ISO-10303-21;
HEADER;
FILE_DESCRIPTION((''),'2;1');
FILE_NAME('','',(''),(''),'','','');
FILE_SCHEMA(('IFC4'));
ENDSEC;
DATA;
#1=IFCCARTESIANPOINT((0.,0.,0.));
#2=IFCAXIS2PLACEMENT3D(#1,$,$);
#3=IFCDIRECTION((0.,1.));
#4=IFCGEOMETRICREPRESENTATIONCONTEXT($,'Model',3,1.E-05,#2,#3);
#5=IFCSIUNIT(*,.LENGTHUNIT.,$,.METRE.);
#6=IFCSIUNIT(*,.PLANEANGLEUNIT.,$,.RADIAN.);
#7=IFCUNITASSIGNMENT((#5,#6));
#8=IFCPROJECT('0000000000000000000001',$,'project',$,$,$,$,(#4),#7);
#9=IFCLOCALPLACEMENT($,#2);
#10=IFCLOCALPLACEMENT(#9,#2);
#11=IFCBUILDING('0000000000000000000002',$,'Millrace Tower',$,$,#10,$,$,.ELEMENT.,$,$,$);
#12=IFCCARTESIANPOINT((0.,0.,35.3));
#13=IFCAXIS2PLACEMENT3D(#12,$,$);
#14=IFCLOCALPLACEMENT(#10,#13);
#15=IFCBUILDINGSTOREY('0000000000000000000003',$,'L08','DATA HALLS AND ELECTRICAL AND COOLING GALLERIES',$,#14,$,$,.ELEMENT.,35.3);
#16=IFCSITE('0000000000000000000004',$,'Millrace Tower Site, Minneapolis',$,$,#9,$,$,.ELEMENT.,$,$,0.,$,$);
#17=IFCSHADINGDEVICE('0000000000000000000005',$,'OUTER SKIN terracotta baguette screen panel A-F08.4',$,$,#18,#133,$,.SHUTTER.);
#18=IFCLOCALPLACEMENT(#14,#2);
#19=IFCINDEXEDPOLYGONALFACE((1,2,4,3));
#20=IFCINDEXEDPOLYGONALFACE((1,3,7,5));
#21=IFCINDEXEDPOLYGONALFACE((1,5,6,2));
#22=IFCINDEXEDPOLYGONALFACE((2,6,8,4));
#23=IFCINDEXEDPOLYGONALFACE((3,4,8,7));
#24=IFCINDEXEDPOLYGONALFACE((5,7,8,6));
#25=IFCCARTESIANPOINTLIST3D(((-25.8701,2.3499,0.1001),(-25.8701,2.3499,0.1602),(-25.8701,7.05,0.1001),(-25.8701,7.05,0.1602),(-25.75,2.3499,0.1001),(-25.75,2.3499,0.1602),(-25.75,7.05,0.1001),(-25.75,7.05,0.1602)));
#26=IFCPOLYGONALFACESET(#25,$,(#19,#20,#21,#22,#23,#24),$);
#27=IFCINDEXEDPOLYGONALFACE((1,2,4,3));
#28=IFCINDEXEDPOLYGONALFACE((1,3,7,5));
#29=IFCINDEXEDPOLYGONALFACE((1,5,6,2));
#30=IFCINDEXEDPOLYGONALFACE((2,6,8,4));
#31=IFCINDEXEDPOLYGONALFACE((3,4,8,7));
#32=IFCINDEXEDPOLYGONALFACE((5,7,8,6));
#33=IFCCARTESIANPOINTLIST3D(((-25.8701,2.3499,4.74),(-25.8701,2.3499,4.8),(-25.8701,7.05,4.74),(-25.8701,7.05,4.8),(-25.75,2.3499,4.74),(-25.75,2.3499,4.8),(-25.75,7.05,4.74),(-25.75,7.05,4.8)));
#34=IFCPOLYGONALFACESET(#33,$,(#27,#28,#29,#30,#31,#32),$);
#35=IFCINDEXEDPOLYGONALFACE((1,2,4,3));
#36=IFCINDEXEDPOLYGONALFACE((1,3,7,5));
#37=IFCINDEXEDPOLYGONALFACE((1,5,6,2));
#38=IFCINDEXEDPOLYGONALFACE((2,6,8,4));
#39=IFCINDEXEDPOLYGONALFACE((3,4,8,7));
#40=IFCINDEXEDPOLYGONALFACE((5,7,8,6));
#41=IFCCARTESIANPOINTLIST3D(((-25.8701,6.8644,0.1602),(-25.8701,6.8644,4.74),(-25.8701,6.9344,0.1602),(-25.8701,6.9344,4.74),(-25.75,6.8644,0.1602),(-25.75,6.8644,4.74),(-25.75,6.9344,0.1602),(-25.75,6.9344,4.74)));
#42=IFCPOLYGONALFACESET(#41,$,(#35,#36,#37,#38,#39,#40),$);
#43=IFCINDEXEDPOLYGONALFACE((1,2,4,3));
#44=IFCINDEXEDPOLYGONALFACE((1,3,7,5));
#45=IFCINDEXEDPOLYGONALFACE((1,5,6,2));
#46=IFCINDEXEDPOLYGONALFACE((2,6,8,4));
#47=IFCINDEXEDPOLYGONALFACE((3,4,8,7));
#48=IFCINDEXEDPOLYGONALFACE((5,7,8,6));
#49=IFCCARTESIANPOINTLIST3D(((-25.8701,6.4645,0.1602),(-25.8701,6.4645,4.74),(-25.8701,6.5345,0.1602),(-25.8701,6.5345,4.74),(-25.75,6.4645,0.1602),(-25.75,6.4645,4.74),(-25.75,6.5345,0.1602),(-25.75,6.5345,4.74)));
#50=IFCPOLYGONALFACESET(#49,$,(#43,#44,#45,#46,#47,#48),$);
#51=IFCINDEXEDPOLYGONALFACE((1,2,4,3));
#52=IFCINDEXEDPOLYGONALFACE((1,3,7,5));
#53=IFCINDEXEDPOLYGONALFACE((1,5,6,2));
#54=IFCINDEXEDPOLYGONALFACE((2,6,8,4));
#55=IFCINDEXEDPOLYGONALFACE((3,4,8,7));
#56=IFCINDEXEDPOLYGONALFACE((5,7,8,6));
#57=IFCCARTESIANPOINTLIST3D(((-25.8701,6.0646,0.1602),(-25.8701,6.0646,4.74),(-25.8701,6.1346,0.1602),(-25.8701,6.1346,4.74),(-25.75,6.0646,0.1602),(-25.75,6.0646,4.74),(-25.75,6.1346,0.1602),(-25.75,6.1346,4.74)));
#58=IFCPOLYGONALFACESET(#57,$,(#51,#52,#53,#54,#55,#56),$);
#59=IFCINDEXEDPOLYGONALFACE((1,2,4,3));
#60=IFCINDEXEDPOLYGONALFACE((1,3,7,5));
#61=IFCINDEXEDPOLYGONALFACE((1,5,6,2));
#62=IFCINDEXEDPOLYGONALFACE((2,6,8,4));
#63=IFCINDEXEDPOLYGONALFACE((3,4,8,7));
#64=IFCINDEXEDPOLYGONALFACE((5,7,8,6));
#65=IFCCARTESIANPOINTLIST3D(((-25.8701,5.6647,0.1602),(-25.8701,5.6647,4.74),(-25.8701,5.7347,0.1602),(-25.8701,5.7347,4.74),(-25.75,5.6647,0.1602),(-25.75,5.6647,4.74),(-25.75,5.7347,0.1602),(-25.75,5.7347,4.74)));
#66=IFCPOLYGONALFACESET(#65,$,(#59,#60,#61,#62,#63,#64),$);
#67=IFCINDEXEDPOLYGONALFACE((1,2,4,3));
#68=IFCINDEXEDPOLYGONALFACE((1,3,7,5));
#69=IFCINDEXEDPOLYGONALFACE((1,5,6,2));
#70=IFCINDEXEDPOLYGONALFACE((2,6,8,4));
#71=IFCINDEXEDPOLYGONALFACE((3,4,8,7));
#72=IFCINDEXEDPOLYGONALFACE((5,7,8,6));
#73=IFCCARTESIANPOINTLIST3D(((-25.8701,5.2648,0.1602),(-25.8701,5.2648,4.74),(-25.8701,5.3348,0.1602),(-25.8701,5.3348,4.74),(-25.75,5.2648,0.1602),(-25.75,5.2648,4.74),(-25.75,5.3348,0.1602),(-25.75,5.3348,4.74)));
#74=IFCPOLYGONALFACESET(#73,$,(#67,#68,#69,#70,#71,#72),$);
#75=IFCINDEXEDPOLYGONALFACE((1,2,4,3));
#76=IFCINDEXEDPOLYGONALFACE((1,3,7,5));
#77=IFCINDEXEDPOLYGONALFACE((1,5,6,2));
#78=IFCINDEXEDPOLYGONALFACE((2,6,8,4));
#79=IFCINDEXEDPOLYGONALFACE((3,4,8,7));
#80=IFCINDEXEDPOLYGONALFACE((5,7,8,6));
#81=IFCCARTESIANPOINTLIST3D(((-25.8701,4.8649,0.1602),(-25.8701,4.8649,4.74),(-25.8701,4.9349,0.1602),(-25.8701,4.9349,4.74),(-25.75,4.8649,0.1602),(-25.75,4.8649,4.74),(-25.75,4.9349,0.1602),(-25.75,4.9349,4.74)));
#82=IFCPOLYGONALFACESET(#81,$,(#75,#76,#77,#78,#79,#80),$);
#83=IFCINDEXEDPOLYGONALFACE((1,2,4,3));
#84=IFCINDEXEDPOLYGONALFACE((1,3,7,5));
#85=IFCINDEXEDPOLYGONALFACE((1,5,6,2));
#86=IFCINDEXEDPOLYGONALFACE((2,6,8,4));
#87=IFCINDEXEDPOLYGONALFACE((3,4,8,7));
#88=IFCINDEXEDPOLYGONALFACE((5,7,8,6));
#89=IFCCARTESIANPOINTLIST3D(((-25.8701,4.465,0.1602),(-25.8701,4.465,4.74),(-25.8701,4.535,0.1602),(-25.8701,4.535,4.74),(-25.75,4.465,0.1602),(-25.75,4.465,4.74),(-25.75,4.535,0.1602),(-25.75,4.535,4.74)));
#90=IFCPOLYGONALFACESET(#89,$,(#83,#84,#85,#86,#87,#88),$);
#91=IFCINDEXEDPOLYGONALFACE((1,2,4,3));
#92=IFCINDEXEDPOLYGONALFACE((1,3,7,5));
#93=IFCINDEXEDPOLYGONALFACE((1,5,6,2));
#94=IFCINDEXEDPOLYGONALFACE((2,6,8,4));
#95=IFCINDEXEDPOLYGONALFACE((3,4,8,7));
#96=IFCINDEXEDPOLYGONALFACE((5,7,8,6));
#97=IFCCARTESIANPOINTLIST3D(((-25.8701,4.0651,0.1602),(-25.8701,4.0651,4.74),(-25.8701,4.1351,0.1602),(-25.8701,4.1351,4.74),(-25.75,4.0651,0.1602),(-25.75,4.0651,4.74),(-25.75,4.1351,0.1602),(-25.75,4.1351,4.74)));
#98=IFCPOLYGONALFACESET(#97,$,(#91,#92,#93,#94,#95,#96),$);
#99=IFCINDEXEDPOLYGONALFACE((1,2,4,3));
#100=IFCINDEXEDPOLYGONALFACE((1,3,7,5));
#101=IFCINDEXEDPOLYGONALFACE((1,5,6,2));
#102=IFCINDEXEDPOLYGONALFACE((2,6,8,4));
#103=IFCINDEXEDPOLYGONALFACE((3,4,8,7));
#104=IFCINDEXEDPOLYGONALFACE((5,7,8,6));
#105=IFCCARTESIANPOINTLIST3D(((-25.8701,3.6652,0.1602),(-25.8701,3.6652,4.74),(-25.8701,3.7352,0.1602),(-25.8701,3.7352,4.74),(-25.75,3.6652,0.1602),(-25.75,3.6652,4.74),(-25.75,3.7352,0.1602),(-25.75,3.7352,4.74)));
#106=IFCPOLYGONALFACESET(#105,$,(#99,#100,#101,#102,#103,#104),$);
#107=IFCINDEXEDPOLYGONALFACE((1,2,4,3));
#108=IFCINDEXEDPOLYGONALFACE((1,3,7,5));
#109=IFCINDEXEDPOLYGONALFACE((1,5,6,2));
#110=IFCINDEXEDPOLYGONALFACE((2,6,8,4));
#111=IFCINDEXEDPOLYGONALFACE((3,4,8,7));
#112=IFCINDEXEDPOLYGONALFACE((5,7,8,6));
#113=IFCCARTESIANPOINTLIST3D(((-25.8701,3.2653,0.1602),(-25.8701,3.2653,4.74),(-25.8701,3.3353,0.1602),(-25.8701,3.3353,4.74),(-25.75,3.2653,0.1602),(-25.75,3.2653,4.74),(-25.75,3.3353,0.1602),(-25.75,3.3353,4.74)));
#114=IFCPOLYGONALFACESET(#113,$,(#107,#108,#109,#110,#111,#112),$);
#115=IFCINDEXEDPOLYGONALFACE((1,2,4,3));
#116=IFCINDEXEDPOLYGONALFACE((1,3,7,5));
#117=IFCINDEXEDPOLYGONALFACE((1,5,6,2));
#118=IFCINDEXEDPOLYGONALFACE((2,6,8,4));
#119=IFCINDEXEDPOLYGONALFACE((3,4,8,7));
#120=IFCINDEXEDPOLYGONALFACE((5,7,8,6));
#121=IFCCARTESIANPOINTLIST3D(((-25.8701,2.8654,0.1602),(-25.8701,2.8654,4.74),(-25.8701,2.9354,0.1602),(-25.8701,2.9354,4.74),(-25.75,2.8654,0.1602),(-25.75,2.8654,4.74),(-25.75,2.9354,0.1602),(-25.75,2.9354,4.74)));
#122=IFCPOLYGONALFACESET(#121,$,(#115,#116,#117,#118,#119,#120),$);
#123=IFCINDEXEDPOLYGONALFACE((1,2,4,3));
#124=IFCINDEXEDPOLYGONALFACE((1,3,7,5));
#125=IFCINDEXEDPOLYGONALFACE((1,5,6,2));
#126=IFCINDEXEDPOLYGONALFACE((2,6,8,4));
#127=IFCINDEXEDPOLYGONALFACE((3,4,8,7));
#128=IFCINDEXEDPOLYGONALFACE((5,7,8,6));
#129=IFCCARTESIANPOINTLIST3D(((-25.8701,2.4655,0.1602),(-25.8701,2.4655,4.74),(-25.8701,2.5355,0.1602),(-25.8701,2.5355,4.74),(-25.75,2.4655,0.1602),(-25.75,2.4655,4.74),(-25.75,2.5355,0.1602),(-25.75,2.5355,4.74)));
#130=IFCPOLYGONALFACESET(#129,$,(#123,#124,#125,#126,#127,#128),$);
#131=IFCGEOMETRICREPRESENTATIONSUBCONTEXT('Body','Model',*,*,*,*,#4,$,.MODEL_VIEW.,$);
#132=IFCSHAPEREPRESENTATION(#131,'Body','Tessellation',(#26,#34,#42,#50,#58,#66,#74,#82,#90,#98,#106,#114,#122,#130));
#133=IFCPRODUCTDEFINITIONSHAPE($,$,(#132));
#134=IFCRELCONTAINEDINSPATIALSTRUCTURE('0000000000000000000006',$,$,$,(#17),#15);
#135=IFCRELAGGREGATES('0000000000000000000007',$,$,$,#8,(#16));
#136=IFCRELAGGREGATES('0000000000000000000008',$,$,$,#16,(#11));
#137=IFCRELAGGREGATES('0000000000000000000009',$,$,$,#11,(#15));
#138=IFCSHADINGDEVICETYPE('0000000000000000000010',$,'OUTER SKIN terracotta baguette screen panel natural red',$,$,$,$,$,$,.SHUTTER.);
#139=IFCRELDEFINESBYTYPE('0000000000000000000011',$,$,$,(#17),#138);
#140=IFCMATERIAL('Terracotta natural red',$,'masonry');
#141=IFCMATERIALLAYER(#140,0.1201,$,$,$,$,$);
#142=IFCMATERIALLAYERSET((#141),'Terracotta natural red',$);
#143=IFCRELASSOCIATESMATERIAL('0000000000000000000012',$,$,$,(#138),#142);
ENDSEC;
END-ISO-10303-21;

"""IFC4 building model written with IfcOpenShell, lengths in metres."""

from ifc_helpers import new_model, entity, si_unit, direction, frame, frame_2d, origin, place, context, subcontext, project, spatial, rectangle, extrude, source, transform, mapped, material, layer, layer_set, type_object, element, save


model = new_model("IFC4")

# Units and contexts
model_context = context("Model", 3, precision=1e-05, world=origin(), true_north=direction((0.0, 1.0)))
body_context = subcontext(model_context, "Body", "Model", "MODEL_VIEW")
ifc_project = project(units=[si_unit("LENGTHUNIT", "METRE"), si_unit("PLANEANGLEUNIT", "RADIAN")], contexts=[model_context])

# Site, building, storey
site_placement = place(None, origin())
site = spatial("IfcSite", under=ifc_project, at=site_placement, Name="Millrace Tower Site, Minneapolis", CompositionType="ELEMENT", RefElevation=0.0)
building_placement = place(site_placement, origin())
building = spatial("IfcBuilding", under=site, at=building_placement, Name="Millrace Tower", CompositionType="ELEMENT")
storey_placement = place(building_placement, frame((0.0, 0.0, 35.3)))
storey = spatial("IfcBuildingStorey", under=building, at=storey_placement, Name="L08", Description="DATA HALLS AND ELECTRICAL AND COOLING GALLERIES", CompositionType="ELEMENT", Elevation=35.3)

# Shading device
ifc_material_1 = material(Name="Terracotta natural red", Category="masonry")
ifc_layer_1 = layer(ifc_material_1, 0.1201)
ifc_layer_set_1 = layer_set([ifc_layer_1], Name="Terracotta natural red")
shading_device_type = type_object("IfcShadingDeviceType", Name="OUTER SKIN terracotta baguette screen panel natural red", PredefinedType="SHUTTER", material=ifc_layer_set_1)
cartesian_point = entity("IfcCartesianPoint", [-2.3501, 0.0601])
shared_polyline = entity("IfcPolyline", [cartesian_point, entity("IfcCartesianPoint", [2.3501, 0.0601]), entity("IfcCartesianPoint", [2.3501, -0.0601]), entity("IfcCartesianPoint", [-2.3501, -0.0601]), cartesian_point])
shared_shape = source(origin(), body_context, "Body", "SweptSolid", [
    entity("IfcExtrudedAreaSolid", entity("IfcArbitraryClosedProfileDef", "AREA", None, shared_polyline), entity("IfcAxis2Placement3D", entity("IfcCartesianPoint", [0.0, 0.0, 0.0])), entity("IfcDirection", [0.0, 0.0, 1.0]), 0.0601),
    entity("IfcExtrudedAreaSolid", entity("IfcArbitraryClosedProfileDef", "AREA", None, shared_polyline), entity("IfcAxis2Placement3D", entity("IfcCartesianPoint", [0.0, 0.0, 4.6399])), entity("IfcDirection", [0.0, 0.0, 1.0]), 0.0601),
    extrude(rectangle(XDim=0.0701, YDim=0.1201, at=frame_2d((-2.1995, 0.0))), frame((0.0, 0.0, 0.0601)), (0.0, 0.0, 1.0), 4.5798),
    extrude(rectangle(XDim=0.0701, YDim=0.1201, at=frame_2d((-1.7996, 0.0))), frame((0.0, 0.0, 0.0601)), (0.0, 0.0, 1.0), 4.5798),
    extrude(rectangle(XDim=0.0701, YDim=0.1201, at=frame_2d((-1.3997, 0.0))), frame((0.0, 0.0, 0.0601)), (0.0, 0.0, 1.0), 4.5798),
    extrude(rectangle(XDim=0.0701, YDim=0.1201, at=frame_2d((-0.9998, 0.0))), frame((0.0, 0.0, 0.0601)), (0.0, 0.0, 1.0), 4.5798),
    extrude(rectangle(XDim=0.0701, YDim=0.1201, at=frame_2d((-0.5999, 0.0))), frame((0.0, 0.0, 0.0601)), (0.0, 0.0, 1.0), 4.5798),
    extrude(rectangle(XDim=0.0701, YDim=0.1201, at=frame_2d((-0.2, 0.0))), frame((0.0, 0.0, 0.0601)), (0.0, 0.0, 1.0), 4.5798),
    extrude(rectangle(XDim=0.0701, YDim=0.1201, at=frame_2d((0.2, 0.0))), frame((0.0, 0.0, 0.0601)), (0.0, 0.0, 1.0), 4.5798),
    extrude(rectangle(XDim=0.0701, YDim=0.1201, at=frame_2d((0.5999, 0.0))), frame((0.0, 0.0, 0.0601)), (0.0, 0.0, 1.0), 4.5798),
    extrude(rectangle(XDim=0.0701, YDim=0.1201, at=frame_2d((0.9998, 0.0))), frame((0.0, 0.0, 0.0601)), (0.0, 0.0, 1.0), 4.5798),
    extrude(rectangle(XDim=0.0701, YDim=0.1201, at=frame_2d((1.3997, 0.0))), frame((0.0, 0.0, 0.0601)), (0.0, 0.0, 1.0), 4.5798),
    extrude(rectangle(XDim=0.0701, YDim=0.1201, at=frame_2d((1.7996, 0.0))), frame((0.0, 0.0, 0.0601)), (0.0, 0.0, 1.0), 4.5798),
    extrude(rectangle(XDim=0.0701, YDim=0.1201, at=frame_2d((2.1995, 0.0))), frame((0.0, 0.0, 0.0601)), (0.0, 0.0, 1.0), 4.5798),
])
for number, where, z_axis, x_axis, name in (
    (1, (-25.8101, 4.7, 0.1001), (0.0, 0.0, 1.0), (0.0, -1.0, 0.0), "OUTER SKIN terracotta baguette screen panel A-F08.4"),
):
    element("IfcShadingDevice", number, at=place(storey_placement, frame(where, z_axis=z_axis, x_axis=x_axis)), inside=storey, type_object=shading_device_type, Name=name, PredefinedType="SHUTTER", context=body_context, shape_type="MappedRepresentation", body=[
        mapped(shared_shape, transform((0.0, 0.0, 0.0), scale=1.0)),
    ])

save(model, "model.ifc")
